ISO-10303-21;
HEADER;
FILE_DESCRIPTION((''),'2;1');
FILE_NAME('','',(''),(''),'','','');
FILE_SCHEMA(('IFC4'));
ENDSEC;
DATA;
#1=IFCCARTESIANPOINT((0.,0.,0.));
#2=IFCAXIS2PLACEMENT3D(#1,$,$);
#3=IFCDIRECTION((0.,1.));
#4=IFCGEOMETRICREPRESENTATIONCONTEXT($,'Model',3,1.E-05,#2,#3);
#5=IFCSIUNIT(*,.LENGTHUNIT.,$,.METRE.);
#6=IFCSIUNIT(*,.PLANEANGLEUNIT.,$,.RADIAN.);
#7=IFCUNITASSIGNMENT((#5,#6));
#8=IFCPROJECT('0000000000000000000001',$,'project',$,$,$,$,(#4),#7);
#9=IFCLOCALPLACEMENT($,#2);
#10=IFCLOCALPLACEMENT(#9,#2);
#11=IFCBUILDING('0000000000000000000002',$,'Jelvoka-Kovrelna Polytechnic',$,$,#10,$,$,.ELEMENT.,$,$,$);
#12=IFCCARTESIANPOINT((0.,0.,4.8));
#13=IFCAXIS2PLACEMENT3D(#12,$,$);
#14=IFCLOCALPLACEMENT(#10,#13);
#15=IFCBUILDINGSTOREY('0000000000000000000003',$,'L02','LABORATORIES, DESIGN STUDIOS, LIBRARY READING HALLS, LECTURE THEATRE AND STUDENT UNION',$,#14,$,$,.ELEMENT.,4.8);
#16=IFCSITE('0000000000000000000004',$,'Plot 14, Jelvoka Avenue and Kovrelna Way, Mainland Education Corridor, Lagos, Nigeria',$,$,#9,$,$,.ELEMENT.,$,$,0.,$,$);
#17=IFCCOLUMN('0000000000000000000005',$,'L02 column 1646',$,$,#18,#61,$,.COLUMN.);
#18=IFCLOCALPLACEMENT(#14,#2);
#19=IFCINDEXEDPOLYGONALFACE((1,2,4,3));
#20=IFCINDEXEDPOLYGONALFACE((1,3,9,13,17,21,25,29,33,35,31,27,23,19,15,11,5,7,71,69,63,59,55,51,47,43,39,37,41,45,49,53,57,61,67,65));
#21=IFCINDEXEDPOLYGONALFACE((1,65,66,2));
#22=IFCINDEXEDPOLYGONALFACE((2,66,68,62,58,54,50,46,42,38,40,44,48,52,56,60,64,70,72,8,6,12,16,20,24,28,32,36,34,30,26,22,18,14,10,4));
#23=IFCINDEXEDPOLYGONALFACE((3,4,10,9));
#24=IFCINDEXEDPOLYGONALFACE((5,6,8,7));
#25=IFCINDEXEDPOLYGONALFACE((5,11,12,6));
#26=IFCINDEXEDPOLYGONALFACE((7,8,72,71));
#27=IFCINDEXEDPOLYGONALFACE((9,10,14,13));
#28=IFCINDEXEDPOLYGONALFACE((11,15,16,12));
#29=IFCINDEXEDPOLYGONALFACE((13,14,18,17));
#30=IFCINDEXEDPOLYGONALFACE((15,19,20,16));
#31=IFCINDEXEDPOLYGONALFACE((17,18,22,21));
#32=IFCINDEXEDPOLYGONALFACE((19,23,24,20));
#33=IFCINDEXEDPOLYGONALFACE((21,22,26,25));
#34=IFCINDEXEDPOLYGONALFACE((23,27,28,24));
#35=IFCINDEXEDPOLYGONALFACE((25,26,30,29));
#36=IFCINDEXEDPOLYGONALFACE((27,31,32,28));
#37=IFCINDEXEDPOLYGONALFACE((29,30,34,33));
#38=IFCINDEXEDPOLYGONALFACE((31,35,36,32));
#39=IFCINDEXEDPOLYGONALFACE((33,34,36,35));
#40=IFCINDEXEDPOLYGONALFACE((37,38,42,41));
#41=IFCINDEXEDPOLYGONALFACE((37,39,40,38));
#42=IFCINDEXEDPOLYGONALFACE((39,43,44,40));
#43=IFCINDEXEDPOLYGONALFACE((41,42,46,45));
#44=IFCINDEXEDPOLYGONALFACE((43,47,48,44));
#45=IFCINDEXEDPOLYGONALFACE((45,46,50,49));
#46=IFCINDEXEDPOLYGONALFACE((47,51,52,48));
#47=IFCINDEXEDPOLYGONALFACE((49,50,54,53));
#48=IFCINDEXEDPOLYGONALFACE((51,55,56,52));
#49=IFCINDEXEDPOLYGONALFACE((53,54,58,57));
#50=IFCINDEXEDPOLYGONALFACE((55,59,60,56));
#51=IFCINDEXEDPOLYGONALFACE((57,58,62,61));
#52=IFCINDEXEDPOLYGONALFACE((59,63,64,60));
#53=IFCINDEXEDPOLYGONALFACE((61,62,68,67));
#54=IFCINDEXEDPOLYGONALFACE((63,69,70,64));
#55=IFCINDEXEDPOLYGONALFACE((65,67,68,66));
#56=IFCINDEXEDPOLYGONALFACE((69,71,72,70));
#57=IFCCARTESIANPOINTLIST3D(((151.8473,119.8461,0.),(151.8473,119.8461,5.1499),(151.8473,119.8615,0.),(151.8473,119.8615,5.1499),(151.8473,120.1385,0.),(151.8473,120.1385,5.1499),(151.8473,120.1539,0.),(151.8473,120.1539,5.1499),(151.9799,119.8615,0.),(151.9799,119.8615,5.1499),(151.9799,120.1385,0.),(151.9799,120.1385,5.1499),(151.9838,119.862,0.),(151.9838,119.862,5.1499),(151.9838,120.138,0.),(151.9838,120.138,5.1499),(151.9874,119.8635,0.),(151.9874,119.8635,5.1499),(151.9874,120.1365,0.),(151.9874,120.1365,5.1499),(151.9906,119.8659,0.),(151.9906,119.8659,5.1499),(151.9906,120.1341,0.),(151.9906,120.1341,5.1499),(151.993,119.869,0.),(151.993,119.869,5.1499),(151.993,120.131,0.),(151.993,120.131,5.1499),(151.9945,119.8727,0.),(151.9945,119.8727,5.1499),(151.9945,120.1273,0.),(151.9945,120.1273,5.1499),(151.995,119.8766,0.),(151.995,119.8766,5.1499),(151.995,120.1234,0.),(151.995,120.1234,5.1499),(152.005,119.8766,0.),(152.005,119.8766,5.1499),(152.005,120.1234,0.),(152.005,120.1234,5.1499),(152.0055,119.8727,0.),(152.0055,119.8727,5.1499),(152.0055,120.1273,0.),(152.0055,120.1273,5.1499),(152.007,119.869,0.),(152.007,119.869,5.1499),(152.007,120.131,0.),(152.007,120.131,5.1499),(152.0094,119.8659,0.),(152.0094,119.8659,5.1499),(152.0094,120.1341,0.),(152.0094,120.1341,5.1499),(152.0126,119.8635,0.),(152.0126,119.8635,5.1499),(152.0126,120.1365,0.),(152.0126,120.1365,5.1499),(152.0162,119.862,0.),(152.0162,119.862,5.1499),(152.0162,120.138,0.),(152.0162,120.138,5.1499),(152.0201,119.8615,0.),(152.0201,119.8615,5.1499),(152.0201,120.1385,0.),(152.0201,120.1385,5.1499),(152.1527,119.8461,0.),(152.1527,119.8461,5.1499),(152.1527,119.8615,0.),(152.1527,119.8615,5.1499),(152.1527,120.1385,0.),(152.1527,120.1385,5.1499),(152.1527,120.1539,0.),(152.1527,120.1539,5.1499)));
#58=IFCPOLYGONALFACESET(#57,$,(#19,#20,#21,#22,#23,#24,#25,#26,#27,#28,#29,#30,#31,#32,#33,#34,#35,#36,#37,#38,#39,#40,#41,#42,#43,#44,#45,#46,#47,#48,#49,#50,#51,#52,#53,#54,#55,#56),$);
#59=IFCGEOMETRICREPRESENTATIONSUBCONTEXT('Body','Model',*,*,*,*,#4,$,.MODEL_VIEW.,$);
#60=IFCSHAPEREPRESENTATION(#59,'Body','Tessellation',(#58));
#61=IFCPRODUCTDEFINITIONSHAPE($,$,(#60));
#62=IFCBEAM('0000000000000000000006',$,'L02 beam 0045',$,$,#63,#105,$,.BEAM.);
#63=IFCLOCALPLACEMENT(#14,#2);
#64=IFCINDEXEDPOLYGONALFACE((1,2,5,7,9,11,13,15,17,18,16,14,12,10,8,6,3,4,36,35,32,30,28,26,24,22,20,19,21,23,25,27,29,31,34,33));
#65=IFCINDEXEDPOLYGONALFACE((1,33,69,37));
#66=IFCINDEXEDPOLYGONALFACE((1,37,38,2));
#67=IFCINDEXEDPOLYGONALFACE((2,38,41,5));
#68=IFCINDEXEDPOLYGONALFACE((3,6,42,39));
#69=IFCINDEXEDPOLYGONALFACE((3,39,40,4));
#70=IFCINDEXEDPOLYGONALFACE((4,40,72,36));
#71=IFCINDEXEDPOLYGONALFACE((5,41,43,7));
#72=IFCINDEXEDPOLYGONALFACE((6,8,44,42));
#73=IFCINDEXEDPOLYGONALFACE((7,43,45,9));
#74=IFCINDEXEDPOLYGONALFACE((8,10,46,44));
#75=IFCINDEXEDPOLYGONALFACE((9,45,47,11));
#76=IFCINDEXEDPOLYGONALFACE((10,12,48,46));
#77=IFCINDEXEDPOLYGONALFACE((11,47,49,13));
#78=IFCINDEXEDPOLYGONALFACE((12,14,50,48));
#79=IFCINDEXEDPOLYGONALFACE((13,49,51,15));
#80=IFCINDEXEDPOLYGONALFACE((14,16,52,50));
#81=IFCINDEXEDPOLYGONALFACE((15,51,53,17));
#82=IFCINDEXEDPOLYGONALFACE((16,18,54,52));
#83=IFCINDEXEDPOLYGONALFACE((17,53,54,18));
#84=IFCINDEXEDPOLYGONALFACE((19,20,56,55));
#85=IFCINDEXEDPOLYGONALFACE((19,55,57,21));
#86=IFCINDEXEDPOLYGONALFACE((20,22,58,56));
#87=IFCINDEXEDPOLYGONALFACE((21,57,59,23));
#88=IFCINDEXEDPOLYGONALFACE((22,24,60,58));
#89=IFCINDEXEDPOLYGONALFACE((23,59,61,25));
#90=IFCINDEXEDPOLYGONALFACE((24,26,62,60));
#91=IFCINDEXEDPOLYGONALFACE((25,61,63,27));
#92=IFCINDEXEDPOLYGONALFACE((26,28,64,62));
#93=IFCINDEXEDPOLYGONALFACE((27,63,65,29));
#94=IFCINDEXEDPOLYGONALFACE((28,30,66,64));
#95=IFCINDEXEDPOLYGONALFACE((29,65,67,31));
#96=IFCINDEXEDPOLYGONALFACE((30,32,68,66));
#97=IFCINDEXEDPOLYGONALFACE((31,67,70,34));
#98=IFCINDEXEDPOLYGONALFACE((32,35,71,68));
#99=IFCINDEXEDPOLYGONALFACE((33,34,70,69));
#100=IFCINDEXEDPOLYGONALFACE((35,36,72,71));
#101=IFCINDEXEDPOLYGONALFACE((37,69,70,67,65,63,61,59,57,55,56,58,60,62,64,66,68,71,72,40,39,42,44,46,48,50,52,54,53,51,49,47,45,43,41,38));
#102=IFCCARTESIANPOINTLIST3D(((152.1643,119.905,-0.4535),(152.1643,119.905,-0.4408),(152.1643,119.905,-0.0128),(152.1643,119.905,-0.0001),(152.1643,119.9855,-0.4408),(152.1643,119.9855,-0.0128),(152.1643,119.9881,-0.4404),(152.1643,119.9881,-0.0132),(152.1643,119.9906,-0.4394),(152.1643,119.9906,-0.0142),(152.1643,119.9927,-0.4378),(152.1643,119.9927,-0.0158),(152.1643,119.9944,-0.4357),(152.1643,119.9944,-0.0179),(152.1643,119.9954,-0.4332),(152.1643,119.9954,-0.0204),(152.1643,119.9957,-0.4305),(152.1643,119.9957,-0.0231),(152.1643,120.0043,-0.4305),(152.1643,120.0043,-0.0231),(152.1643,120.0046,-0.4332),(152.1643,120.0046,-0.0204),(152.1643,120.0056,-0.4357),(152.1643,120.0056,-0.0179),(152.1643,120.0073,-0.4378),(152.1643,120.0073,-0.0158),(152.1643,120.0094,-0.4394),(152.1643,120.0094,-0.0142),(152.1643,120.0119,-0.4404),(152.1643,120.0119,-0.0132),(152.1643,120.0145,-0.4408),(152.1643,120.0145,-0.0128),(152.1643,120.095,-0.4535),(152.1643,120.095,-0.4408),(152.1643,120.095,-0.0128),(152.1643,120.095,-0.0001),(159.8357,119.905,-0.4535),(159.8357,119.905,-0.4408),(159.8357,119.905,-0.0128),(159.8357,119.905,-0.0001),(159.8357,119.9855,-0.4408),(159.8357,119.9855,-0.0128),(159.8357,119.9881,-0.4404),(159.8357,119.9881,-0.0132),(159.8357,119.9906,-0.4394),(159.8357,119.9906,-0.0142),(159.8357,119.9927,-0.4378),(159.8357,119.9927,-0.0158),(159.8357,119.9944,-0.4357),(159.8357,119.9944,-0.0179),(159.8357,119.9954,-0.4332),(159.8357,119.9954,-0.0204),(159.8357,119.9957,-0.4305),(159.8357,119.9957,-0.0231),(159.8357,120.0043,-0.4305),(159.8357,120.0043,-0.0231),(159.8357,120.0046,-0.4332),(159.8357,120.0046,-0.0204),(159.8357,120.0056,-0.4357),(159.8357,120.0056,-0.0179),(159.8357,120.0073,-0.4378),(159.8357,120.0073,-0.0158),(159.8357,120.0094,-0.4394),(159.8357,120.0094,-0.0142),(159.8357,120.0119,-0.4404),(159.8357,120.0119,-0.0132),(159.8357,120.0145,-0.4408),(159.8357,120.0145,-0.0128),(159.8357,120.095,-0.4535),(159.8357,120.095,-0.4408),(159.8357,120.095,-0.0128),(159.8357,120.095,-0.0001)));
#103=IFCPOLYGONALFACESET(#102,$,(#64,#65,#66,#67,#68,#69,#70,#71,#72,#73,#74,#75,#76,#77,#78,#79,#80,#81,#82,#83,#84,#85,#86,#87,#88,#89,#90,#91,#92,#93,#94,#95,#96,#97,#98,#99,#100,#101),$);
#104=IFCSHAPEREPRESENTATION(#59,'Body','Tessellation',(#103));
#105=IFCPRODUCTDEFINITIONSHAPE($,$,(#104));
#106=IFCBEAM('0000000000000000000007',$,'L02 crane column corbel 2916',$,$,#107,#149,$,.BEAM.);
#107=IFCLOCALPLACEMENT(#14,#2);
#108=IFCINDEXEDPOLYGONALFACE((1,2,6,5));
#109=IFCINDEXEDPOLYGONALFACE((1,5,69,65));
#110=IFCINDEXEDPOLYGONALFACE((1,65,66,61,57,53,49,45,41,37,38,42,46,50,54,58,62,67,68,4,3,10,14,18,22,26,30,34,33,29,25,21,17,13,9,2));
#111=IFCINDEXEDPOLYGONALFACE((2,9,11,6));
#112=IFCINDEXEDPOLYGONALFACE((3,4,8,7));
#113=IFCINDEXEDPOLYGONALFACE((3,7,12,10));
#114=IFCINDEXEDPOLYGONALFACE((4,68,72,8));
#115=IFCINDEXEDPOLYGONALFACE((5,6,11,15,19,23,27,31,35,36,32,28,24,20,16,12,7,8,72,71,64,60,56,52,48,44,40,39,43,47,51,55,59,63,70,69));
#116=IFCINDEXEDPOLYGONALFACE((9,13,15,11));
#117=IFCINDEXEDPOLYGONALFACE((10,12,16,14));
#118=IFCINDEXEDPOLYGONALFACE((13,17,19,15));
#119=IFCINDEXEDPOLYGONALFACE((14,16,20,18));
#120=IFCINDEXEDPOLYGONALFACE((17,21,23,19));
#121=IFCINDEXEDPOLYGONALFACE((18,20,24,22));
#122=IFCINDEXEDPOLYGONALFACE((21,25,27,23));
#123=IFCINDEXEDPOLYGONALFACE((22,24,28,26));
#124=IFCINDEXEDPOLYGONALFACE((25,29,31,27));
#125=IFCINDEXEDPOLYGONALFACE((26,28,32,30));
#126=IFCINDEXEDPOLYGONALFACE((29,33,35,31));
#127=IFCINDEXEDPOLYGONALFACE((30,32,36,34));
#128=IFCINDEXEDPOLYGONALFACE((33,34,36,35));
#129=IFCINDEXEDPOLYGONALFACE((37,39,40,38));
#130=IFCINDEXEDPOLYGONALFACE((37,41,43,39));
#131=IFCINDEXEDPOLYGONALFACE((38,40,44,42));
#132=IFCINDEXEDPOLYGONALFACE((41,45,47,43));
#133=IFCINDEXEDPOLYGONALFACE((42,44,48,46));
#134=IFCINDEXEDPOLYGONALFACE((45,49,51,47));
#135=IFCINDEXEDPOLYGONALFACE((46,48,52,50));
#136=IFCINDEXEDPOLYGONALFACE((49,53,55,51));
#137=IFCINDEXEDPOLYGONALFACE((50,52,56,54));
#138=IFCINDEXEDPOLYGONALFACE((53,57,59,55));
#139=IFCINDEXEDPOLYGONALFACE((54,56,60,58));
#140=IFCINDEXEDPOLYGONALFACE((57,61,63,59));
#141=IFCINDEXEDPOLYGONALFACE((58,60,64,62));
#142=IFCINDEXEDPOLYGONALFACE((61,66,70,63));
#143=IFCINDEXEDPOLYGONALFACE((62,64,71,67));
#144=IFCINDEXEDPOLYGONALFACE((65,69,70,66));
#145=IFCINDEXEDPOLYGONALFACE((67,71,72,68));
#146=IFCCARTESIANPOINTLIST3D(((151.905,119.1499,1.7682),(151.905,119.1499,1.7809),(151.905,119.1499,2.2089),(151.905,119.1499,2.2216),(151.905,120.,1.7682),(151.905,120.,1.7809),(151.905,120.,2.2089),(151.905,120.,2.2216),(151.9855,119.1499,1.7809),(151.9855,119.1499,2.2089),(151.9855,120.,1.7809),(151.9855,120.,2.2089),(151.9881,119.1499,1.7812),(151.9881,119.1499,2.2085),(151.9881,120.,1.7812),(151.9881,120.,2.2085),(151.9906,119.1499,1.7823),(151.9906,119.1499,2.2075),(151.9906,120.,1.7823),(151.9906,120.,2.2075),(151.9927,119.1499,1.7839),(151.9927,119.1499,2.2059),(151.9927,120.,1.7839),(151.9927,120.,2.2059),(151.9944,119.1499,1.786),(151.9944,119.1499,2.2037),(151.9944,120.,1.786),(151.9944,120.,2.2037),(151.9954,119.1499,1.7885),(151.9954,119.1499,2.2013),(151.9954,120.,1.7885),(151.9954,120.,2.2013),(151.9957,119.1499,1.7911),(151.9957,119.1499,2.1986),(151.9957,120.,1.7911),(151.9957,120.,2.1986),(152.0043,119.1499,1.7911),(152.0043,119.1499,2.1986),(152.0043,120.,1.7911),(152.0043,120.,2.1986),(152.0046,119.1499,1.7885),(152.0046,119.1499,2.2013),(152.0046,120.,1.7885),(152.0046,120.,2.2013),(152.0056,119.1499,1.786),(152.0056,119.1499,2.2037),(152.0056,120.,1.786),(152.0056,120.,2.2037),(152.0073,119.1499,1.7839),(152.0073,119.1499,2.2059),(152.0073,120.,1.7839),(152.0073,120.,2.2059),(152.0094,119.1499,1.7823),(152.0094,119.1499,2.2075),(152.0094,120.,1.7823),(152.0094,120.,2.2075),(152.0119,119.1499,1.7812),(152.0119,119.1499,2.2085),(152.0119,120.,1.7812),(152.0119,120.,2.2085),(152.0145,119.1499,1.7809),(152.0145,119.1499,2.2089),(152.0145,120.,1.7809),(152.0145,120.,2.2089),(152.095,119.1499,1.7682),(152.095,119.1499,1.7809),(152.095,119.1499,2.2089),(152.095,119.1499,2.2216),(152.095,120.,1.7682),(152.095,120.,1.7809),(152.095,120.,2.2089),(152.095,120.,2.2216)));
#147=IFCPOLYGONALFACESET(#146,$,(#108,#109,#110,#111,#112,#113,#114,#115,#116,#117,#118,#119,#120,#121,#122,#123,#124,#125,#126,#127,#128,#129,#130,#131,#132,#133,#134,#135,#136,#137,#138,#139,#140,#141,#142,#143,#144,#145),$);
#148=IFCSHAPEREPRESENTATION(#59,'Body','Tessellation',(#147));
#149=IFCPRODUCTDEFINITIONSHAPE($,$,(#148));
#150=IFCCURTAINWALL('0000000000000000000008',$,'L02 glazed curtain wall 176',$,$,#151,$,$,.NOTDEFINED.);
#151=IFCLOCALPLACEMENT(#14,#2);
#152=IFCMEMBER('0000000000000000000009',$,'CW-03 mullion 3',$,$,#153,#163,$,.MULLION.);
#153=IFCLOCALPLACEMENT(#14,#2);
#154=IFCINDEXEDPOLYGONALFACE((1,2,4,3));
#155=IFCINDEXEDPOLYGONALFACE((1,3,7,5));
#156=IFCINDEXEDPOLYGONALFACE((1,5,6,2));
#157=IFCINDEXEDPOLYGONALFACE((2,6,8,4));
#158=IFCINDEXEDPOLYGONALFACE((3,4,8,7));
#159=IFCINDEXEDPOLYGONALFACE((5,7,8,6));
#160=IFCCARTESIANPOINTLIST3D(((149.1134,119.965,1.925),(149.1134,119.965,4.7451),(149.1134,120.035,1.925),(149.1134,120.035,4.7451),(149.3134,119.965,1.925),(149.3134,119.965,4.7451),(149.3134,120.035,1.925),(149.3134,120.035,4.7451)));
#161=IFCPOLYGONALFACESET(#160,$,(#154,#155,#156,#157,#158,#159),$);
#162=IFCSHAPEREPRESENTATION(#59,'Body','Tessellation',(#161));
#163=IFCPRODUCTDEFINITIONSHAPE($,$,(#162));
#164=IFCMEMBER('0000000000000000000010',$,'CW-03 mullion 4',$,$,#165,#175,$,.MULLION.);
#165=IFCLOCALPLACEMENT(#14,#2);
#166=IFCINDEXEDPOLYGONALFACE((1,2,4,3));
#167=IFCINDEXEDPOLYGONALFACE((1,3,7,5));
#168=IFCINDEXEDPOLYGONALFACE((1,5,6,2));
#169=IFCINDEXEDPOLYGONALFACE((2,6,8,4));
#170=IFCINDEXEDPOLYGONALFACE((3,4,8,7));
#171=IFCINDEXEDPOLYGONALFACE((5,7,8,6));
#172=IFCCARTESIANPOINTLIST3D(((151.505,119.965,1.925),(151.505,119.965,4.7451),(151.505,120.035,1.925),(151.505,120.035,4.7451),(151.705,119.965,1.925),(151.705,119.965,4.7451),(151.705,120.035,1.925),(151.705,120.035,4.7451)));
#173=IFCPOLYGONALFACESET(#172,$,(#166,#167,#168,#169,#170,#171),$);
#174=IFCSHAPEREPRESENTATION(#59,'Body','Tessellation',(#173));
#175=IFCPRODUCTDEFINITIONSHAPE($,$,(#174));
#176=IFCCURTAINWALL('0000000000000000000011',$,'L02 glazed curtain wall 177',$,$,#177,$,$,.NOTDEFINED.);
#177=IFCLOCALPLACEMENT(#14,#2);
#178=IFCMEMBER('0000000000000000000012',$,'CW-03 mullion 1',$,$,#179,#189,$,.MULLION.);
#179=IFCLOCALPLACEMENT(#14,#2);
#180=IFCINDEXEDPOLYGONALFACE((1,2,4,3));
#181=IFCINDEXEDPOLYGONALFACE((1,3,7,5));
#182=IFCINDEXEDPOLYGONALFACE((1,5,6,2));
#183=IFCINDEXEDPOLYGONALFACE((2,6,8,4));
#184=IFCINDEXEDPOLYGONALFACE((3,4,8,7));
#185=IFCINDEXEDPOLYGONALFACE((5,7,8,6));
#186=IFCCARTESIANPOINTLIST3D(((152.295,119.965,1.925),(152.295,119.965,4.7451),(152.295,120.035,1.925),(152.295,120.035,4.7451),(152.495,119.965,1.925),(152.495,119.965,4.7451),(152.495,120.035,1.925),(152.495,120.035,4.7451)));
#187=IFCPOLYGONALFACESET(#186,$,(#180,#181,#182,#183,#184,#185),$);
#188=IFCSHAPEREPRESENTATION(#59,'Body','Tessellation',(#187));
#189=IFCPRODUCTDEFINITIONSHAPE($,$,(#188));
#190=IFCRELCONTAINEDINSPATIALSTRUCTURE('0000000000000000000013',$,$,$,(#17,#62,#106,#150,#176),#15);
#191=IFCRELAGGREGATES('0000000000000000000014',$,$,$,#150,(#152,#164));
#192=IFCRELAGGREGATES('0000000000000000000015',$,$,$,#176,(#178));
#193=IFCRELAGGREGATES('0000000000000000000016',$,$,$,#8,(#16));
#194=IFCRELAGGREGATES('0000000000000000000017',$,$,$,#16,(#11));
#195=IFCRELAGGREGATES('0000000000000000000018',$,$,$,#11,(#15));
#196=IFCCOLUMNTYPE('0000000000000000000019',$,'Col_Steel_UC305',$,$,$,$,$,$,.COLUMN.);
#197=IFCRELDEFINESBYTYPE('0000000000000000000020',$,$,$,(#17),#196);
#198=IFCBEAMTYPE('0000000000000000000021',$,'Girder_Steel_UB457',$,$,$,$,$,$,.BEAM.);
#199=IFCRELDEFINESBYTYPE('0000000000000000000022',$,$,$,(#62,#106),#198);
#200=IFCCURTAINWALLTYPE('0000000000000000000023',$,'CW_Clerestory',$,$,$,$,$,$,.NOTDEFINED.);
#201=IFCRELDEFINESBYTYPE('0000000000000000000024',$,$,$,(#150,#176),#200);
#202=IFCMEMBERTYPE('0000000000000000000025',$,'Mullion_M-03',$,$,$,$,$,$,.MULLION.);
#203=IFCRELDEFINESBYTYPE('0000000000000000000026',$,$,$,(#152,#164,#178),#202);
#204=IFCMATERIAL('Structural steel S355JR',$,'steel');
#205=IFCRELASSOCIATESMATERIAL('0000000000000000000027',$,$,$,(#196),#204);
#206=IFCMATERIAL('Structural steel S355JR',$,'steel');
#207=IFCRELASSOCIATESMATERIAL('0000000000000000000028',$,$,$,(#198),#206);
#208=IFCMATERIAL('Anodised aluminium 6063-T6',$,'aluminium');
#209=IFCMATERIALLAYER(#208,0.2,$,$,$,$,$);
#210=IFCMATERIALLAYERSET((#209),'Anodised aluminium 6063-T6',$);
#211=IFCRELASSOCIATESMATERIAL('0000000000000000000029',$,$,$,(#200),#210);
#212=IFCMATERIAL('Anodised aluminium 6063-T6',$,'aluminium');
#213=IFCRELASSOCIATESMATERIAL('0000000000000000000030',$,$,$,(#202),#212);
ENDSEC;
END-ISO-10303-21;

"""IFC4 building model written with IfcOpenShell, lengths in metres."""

from ifc_helpers import new_model, si_unit, direction, frame, origin, origin_2d, place, context, subcontext, project, spatial, rectangle, i_section, extrude, material, layer, layer_set, material_profile, profile_set, type_object, element, aggregate, save


model = new_model("IFC4")

# Units and contexts
model_context = context("Model", 3, precision=1e-05, world=origin(), true_north=direction((0.0, 1.0)))
body_context = subcontext(model_context, "Body", "Model", "MODEL_VIEW")
ifc_project = project(units=[si_unit("LENGTHUNIT", "METRE"), si_unit("PLANEANGLEUNIT", "RADIAN")], contexts=[model_context])

# Site, building, storey
site_placement = place(None, origin())
site = spatial("IfcSite", under=ifc_project, at=site_placement, Name="Plot 14, Jelvoka Avenue and Kovrelna Way, Mainland Education Corridor, Lagos, Nigeria", CompositionType="ELEMENT", RefElevation=0.0)
building_placement = place(site_placement, origin())
building = spatial("IfcBuilding", under=site, at=building_placement, Name="Jelvoka-Kovrelna Polytechnic", CompositionType="ELEMENT")
storey_placement = place(building_placement, frame((0.0, 0.0, 4.8)))
storey = spatial("IfcBuildingStorey", under=building, at=storey_placement, Name="L02", Description="LABORATORIES, DESIGN STUDIOS, LIBRARY READING HALLS, LECTURE THEATRE AND STUDENT UNION", CompositionType="ELEMENT", Elevation=4.8)

# Column
ifc_material_1 = material(Name="Structural steel S355JR", Category="steel")
ifc_material_profile_1 = material_profile(ifc_material_1, i_section(OverallWidth=0.3054, OverallDepth=0.3079, WebThickness=0.01, FlangeThickness=0.0154, FilletRadius=0.0151, at=origin_2d()), Name="305x305x97 UC")
ifc_profile_set_1 = profile_set([ifc_material_profile_1], Name="Structural steel S355JR")
column_type = type_object("IfcColumnType", Name="Col_Steel_UC305", PredefinedType="COLUMN", material=ifc_profile_set_1)
column_placement = place(storey_placement, frame((152.0, 120.0, 0.0), z_axis=(0.0, 0.0, 1.0), x_axis=(1.0, 0.0, 0.0)))
element("IfcColumn", 1, at=column_placement, inside=storey, type_object=column_type, Name="L02 column 1646", PredefinedType="COLUMN", context=body_context, shape_type="SweptSolid", body=[
    extrude(i_section(OverallWidth=0.3054, OverallDepth=0.3079, WebThickness=0.01, FlangeThickness=0.0154, FilletRadius=0.0151, at=origin_2d()), origin(), (0.0, 0.0, 1.0), 5.1499),
])

# Beams
ifc_material_2 = material(Name="Structural steel S355JR", Category="steel")
ifc_material_profile_2 = material_profile(ifc_material_2, i_section(OverallWidth=0.1899, OverallDepth=0.4534, WebThickness=0.0085, FlangeThickness=0.0127, FilletRadius=0.0103, at=origin_2d()), Name="457x191x67 UB")
ifc_profile_set_2 = profile_set([ifc_material_profile_2], Name="Structural steel S355JR")
beam_type = type_object("IfcBeamType", Name="Girder_Steel_UB457", PredefinedType="BEAM", material=ifc_profile_set_2)
beam_1_placement = place(storey_placement, frame((152.1643, 120.0, -0.2268), z_axis=(1.0, 0.0, 0.0), x_axis=(0.0, 1.0, 0.0)))
element("IfcBeam", 2, at=beam_1_placement, inside=storey, type_object=beam_type, Name="L02 beam 0045", PredefinedType="BEAM", context=body_context, shape_type="SweptSolid", body=[
    extrude(i_section(OverallWidth=0.1899, OverallDepth=0.4534, WebThickness=0.0085, FlangeThickness=0.0127, FilletRadius=0.0103, at=origin_2d()), origin(), (0.0, 0.0, 1.0), 7.6714),
])
beam_2_placement = place(storey_placement, frame((152.0, 120.0, 1.9949), z_axis=(0.0, -1.0, 0.0), x_axis=(1.0, 0.0, 0.0)))
element("IfcBeam", 3, at=beam_2_placement, inside=storey, type_object=beam_type, Name="L02 crane column corbel 2916", PredefinedType="BEAM", context=body_context, shape_type="SweptSolid", body=[
    extrude(i_section(OverallWidth=0.1899, OverallDepth=0.4534, WebThickness=0.0085, FlangeThickness=0.0127, FilletRadius=0.0103, at=origin_2d()), origin(), (0.0, 0.0, 1.0), 0.8501),
])

# Curtain walls, members
ifc_material_3 = material(Name="Anodised aluminium 6063-T6", Category="aluminium")
ifc_layer_1 = layer(ifc_material_3, 0.2)
ifc_layer_set_1 = layer_set([ifc_layer_1], Name="Anodised aluminium 6063-T6")
curtain_wall_type = type_object("IfcCurtainWallType", Name="CW_Clerestory", PredefinedType="NOTDEFINED", material=ifc_layer_set_1)
curtain_wall_1_placement = place(storey_placement, origin())
curtain_wall_1 = element("IfcCurtainWall", 4, at=curtain_wall_1_placement, inside=storey, type_object=curtain_wall_type, Name="L02 glazed curtain wall 176", PredefinedType="NOTDEFINED")
ifc_material_4 = material(Name="Anodised aluminium 6063-T6", Category="aluminium")
ifc_material_profile_3 = material_profile(ifc_material_4, rectangle(XDim=0.0701, YDim=0.2, at=origin_2d()), Name="ALU 70x200")
ifc_profile_set_3 = profile_set([ifc_material_profile_3], Name="Anodised aluminium 6063-T6")
member_type_1 = type_object("IfcMemberType", Name="Mullion_M-03", PredefinedType="MULLION", material=ifc_profile_set_3)
member_1_placement = place(storey_placement, frame((149.2134, 120.0, 1.925), z_axis=(0.0, 0.0, 1.0), x_axis=(0.0, 1.0, 0.0)))
member_1 = element("IfcMember", 5, at=member_1_placement, type_object=member_type_1, Name="CW-03 mullion 3", PredefinedType="MULLION", context=body_context, shape_type="SweptSolid", body=[
    extrude(rectangle(XDim=0.0701, YDim=0.2, at=origin_2d()), origin(), (0.0, 0.0, 1.0), 2.8201),
])
member_2_placement = place(storey_placement, frame((151.605, 120.0, 1.925), z_axis=(0.0, 0.0, 1.0), x_axis=(0.0, 1.0, 0.0)))
member_2 = element("IfcMember", 6, at=member_2_placement, type_object=member_type_1, Name="CW-03 mullion 4", PredefinedType="MULLION", context=body_context, shape_type="SweptSolid", body=[
    extrude(rectangle(XDim=0.0701, YDim=0.2, at=origin_2d()), origin(), (0.0, 0.0, 1.0), 2.8201),
])
curtain_wall_2_placement = place(storey_placement, origin())
curtain_wall_2 = element("IfcCurtainWall", 7, at=curtain_wall_2_placement, inside=storey, type_object=curtain_wall_type, Name="L02 glazed curtain wall 177", PredefinedType="NOTDEFINED")
member_3_placement = place(storey_placement, frame((152.395, 120.0, 1.925), z_axis=(0.0, 0.0, 1.0), x_axis=(0.0, 1.0, 0.0)))
member_3 = element("IfcMember", 8, at=member_3_placement, type_object=member_type_1, Name="CW-03 mullion 1", PredefinedType="MULLION", context=body_context, shape_type="SweptSolid", body=[
    extrude(rectangle(XDim=0.0701, YDim=0.2, at=origin_2d()), origin(), (0.0, 0.0, 1.0), 2.8201),
])

aggregate(curtain_wall_1, [member_1, member_2])
aggregate(curtain_wall_2, [member_3])

save(model, "model.ifc")
